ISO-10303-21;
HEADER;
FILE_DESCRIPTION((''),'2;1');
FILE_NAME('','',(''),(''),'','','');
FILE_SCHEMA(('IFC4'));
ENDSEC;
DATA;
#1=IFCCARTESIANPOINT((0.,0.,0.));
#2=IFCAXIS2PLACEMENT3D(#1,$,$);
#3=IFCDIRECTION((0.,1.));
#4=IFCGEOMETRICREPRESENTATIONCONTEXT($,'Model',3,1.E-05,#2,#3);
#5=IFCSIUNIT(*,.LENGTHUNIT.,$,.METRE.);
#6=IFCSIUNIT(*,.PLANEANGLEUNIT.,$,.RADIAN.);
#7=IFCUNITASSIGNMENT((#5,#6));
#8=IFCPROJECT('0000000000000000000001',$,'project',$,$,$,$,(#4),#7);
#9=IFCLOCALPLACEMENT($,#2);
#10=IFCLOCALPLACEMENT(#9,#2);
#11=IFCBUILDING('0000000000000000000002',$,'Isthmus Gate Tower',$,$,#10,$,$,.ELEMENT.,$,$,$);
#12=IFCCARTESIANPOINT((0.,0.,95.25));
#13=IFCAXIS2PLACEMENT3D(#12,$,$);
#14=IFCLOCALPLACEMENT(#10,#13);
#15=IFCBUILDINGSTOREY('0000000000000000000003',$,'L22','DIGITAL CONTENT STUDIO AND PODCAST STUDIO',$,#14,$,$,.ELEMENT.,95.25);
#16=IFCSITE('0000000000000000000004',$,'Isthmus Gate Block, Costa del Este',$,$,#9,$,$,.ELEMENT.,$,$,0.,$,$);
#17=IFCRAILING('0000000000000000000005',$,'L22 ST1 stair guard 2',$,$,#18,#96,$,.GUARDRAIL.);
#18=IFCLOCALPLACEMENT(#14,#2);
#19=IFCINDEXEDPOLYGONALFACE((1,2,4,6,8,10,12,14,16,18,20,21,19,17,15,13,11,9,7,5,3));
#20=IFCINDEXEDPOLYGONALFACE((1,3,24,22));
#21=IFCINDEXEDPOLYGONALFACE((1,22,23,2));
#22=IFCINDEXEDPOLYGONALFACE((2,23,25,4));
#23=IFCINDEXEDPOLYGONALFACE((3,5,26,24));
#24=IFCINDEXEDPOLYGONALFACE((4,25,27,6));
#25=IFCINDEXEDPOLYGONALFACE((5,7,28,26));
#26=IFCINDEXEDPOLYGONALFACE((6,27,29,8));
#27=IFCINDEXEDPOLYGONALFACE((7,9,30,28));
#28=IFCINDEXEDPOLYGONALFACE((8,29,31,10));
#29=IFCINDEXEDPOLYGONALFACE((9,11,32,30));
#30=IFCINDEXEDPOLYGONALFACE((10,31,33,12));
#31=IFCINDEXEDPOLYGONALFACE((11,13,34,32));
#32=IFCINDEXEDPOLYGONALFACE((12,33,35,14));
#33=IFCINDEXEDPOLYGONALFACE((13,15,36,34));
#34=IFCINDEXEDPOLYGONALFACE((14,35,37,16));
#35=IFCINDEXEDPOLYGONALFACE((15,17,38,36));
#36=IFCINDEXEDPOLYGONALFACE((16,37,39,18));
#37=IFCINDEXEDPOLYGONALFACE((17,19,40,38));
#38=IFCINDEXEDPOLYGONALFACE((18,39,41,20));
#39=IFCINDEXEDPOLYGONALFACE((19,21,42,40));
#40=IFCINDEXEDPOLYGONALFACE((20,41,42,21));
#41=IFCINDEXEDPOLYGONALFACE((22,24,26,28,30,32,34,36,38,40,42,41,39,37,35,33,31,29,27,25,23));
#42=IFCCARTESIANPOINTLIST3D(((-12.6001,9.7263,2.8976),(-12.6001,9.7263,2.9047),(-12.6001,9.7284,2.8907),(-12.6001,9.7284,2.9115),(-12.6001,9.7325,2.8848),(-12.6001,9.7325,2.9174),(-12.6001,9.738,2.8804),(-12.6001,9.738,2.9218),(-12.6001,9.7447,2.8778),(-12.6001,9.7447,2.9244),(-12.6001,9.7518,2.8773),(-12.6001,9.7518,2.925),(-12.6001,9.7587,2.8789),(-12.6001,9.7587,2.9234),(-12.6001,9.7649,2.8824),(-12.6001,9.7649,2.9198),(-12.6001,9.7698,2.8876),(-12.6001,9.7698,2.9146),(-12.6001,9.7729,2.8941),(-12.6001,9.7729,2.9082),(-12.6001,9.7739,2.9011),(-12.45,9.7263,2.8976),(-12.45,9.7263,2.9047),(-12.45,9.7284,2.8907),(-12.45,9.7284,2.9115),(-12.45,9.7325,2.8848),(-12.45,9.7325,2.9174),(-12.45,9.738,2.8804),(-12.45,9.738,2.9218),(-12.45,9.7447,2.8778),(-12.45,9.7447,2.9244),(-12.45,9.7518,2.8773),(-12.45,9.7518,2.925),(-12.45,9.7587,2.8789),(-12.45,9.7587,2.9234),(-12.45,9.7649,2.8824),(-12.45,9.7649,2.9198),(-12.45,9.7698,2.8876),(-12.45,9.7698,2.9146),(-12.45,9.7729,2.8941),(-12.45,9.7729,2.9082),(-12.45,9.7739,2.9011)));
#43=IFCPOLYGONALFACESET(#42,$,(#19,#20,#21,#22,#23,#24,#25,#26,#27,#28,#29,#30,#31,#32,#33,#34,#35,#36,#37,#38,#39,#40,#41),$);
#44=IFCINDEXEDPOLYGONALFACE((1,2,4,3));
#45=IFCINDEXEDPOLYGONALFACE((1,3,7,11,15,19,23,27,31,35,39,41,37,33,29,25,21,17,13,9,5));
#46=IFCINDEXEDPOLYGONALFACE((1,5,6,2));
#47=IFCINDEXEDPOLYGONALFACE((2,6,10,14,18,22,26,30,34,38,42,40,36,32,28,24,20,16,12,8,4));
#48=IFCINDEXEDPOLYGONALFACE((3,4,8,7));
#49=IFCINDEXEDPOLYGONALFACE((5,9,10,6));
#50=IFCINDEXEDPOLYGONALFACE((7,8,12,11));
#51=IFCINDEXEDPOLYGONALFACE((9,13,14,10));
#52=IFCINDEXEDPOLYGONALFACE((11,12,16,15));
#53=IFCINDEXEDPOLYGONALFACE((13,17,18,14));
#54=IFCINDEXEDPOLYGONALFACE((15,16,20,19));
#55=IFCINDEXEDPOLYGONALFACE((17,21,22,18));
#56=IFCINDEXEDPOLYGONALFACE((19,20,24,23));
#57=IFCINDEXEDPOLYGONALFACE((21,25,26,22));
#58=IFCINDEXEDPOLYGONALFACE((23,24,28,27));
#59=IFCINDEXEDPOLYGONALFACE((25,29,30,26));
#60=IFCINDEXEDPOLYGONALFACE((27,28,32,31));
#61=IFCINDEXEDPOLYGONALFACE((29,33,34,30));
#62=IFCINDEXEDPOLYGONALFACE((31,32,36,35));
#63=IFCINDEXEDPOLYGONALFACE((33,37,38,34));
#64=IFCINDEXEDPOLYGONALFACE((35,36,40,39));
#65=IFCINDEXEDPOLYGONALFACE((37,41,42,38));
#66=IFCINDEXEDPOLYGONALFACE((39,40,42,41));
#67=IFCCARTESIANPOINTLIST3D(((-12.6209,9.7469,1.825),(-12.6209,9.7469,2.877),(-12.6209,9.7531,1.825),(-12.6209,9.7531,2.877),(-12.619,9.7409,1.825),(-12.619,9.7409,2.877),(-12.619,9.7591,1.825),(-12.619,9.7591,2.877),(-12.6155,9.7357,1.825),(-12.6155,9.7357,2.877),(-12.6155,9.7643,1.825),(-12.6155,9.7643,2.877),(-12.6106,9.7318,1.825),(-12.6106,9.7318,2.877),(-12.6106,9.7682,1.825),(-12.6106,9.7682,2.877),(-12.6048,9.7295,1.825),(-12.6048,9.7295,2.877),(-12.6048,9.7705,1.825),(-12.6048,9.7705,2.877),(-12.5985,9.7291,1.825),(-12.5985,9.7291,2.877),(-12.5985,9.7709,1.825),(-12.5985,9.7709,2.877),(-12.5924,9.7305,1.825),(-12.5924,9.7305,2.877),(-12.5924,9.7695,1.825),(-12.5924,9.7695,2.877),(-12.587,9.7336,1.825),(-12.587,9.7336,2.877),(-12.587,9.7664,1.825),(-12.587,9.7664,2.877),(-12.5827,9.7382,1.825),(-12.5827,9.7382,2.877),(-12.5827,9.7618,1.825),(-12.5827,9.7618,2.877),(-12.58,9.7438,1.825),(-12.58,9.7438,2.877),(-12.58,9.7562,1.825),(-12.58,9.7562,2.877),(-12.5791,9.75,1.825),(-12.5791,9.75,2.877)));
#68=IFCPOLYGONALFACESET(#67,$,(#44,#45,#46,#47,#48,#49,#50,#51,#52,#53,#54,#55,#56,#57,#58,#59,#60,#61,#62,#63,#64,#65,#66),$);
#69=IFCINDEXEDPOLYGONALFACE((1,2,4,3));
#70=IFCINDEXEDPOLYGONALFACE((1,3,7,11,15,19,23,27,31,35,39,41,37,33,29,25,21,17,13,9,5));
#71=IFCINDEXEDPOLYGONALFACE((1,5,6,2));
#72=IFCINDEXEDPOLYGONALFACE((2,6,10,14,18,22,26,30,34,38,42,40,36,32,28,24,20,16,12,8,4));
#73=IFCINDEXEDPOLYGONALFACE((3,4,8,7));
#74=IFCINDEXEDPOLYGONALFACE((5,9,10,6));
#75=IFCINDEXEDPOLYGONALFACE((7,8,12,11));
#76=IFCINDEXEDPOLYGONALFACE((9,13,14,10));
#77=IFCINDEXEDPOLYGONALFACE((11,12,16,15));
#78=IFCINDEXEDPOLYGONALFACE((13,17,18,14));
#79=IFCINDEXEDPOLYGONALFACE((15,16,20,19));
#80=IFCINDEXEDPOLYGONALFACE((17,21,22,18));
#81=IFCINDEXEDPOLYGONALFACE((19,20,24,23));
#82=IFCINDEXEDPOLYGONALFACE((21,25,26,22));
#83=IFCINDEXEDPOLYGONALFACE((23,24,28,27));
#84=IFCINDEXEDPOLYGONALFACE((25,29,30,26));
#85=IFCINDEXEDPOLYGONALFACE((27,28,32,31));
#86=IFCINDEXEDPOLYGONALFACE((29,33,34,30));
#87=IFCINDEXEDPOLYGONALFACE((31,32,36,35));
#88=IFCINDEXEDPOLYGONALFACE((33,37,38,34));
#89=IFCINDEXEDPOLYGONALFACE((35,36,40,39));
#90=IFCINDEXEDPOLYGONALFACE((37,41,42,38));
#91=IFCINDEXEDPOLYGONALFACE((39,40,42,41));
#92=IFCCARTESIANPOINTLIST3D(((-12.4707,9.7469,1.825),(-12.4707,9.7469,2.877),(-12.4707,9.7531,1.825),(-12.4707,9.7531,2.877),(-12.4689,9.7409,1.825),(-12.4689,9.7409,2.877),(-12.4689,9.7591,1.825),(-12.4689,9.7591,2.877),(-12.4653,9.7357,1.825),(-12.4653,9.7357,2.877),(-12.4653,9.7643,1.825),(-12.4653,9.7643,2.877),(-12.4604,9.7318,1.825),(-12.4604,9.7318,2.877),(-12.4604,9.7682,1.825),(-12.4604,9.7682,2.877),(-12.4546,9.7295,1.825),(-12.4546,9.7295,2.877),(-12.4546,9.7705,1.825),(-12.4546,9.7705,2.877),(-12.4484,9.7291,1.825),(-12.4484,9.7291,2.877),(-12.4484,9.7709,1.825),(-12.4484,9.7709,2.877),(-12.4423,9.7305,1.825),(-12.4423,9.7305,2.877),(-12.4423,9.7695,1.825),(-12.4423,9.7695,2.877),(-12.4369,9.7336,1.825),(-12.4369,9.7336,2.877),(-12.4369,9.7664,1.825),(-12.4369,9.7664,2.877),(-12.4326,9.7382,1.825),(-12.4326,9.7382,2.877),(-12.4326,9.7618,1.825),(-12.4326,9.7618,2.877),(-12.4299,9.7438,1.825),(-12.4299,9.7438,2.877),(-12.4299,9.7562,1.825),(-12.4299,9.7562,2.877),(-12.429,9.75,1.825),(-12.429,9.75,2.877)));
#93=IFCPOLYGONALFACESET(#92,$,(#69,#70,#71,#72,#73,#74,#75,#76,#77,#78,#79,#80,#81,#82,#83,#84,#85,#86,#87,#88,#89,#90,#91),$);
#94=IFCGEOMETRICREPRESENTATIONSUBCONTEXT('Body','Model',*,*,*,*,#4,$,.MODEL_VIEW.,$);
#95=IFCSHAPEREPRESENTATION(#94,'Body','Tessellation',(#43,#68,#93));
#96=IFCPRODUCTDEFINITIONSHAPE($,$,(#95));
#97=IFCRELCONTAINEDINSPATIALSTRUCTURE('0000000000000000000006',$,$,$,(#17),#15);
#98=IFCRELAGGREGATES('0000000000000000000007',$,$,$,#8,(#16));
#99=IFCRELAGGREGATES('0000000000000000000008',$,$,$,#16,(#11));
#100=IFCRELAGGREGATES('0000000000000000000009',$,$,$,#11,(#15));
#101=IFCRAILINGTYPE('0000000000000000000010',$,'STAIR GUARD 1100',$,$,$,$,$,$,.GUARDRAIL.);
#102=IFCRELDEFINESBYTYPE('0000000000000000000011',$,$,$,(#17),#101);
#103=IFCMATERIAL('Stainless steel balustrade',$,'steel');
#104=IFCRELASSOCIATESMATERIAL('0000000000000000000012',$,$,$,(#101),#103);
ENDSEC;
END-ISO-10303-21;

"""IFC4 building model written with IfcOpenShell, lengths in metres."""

from ifc_helpers import new_model, si_unit, direction, frame, origin, origin_2d, place, context, subcontext, project, spatial, circle, extrude, material, type_object, element, save


model = new_model("IFC4")

# Units and contexts
model_context = context("Model", 3, precision=1e-05, world=origin(), true_north=direction((0.0, 1.0)))
body_context = subcontext(model_context, "Body", "Model", "MODEL_VIEW")
ifc_project = project(units=[si_unit("LENGTHUNIT", "METRE"), si_unit("PLANEANGLEUNIT", "RADIAN")], contexts=[model_context])

# Site, building, storey
site_placement = place(None, origin())
site = spatial("IfcSite", under=ifc_project, at=site_placement, Name="Isthmus Gate Block, Costa del Este", CompositionType="ELEMENT", RefElevation=0.0)
building_placement = place(site_placement, origin())
building = spatial("IfcBuilding", under=site, at=building_placement, Name="Isthmus Gate Tower", CompositionType="ELEMENT")
storey_placement = place(building_placement, frame((0.0, 0.0, 95.25)))
storey = spatial("IfcBuildingStorey", under=building, at=storey_placement, Name="L22", Description="DIGITAL CONTENT STUDIO AND PODCAST STUDIO", CompositionType="ELEMENT", Elevation=95.25)

# Railing
ifc_material_1 = material(Name="Stainless steel balustrade", Category="steel")
railing_type_1 = type_object("IfcRailingType", Name="STAIR GUARD 1100", PredefinedType="GUARDRAIL", material=ifc_material_1)
railing_1_placement = place(storey_placement, frame((-12.6001, 9.75, 1.825)))
element("IfcRailing", 1, at=railing_1_placement, inside=storey, type_object=railing_type_1, Name="L22 ST1 stair guard 2", PredefinedType="GUARDRAIL", context=body_context, shape_type="SweptSolid", body=[
    extrude(circle(Radius=0.0239, at=origin_2d()), frame((0.0, 0.0, 1.0762), z_axis=(1.0, 0.0, 0.0), x_axis=(0.0, 1.0, 0.0)), (0.0, 0.0, 1.0), 0.1501),
    extrude(circle(Radius=0.021, at=origin_2d()), origin(), (0.0, 0.0, 1.0), 1.052),
    extrude(circle(Radius=0.021, at=origin_2d()), frame((0.1501, 0.0, 0.0)), (0.0, 0.0, 1.0), 1.052),
])

save(model, "model.ifc")
